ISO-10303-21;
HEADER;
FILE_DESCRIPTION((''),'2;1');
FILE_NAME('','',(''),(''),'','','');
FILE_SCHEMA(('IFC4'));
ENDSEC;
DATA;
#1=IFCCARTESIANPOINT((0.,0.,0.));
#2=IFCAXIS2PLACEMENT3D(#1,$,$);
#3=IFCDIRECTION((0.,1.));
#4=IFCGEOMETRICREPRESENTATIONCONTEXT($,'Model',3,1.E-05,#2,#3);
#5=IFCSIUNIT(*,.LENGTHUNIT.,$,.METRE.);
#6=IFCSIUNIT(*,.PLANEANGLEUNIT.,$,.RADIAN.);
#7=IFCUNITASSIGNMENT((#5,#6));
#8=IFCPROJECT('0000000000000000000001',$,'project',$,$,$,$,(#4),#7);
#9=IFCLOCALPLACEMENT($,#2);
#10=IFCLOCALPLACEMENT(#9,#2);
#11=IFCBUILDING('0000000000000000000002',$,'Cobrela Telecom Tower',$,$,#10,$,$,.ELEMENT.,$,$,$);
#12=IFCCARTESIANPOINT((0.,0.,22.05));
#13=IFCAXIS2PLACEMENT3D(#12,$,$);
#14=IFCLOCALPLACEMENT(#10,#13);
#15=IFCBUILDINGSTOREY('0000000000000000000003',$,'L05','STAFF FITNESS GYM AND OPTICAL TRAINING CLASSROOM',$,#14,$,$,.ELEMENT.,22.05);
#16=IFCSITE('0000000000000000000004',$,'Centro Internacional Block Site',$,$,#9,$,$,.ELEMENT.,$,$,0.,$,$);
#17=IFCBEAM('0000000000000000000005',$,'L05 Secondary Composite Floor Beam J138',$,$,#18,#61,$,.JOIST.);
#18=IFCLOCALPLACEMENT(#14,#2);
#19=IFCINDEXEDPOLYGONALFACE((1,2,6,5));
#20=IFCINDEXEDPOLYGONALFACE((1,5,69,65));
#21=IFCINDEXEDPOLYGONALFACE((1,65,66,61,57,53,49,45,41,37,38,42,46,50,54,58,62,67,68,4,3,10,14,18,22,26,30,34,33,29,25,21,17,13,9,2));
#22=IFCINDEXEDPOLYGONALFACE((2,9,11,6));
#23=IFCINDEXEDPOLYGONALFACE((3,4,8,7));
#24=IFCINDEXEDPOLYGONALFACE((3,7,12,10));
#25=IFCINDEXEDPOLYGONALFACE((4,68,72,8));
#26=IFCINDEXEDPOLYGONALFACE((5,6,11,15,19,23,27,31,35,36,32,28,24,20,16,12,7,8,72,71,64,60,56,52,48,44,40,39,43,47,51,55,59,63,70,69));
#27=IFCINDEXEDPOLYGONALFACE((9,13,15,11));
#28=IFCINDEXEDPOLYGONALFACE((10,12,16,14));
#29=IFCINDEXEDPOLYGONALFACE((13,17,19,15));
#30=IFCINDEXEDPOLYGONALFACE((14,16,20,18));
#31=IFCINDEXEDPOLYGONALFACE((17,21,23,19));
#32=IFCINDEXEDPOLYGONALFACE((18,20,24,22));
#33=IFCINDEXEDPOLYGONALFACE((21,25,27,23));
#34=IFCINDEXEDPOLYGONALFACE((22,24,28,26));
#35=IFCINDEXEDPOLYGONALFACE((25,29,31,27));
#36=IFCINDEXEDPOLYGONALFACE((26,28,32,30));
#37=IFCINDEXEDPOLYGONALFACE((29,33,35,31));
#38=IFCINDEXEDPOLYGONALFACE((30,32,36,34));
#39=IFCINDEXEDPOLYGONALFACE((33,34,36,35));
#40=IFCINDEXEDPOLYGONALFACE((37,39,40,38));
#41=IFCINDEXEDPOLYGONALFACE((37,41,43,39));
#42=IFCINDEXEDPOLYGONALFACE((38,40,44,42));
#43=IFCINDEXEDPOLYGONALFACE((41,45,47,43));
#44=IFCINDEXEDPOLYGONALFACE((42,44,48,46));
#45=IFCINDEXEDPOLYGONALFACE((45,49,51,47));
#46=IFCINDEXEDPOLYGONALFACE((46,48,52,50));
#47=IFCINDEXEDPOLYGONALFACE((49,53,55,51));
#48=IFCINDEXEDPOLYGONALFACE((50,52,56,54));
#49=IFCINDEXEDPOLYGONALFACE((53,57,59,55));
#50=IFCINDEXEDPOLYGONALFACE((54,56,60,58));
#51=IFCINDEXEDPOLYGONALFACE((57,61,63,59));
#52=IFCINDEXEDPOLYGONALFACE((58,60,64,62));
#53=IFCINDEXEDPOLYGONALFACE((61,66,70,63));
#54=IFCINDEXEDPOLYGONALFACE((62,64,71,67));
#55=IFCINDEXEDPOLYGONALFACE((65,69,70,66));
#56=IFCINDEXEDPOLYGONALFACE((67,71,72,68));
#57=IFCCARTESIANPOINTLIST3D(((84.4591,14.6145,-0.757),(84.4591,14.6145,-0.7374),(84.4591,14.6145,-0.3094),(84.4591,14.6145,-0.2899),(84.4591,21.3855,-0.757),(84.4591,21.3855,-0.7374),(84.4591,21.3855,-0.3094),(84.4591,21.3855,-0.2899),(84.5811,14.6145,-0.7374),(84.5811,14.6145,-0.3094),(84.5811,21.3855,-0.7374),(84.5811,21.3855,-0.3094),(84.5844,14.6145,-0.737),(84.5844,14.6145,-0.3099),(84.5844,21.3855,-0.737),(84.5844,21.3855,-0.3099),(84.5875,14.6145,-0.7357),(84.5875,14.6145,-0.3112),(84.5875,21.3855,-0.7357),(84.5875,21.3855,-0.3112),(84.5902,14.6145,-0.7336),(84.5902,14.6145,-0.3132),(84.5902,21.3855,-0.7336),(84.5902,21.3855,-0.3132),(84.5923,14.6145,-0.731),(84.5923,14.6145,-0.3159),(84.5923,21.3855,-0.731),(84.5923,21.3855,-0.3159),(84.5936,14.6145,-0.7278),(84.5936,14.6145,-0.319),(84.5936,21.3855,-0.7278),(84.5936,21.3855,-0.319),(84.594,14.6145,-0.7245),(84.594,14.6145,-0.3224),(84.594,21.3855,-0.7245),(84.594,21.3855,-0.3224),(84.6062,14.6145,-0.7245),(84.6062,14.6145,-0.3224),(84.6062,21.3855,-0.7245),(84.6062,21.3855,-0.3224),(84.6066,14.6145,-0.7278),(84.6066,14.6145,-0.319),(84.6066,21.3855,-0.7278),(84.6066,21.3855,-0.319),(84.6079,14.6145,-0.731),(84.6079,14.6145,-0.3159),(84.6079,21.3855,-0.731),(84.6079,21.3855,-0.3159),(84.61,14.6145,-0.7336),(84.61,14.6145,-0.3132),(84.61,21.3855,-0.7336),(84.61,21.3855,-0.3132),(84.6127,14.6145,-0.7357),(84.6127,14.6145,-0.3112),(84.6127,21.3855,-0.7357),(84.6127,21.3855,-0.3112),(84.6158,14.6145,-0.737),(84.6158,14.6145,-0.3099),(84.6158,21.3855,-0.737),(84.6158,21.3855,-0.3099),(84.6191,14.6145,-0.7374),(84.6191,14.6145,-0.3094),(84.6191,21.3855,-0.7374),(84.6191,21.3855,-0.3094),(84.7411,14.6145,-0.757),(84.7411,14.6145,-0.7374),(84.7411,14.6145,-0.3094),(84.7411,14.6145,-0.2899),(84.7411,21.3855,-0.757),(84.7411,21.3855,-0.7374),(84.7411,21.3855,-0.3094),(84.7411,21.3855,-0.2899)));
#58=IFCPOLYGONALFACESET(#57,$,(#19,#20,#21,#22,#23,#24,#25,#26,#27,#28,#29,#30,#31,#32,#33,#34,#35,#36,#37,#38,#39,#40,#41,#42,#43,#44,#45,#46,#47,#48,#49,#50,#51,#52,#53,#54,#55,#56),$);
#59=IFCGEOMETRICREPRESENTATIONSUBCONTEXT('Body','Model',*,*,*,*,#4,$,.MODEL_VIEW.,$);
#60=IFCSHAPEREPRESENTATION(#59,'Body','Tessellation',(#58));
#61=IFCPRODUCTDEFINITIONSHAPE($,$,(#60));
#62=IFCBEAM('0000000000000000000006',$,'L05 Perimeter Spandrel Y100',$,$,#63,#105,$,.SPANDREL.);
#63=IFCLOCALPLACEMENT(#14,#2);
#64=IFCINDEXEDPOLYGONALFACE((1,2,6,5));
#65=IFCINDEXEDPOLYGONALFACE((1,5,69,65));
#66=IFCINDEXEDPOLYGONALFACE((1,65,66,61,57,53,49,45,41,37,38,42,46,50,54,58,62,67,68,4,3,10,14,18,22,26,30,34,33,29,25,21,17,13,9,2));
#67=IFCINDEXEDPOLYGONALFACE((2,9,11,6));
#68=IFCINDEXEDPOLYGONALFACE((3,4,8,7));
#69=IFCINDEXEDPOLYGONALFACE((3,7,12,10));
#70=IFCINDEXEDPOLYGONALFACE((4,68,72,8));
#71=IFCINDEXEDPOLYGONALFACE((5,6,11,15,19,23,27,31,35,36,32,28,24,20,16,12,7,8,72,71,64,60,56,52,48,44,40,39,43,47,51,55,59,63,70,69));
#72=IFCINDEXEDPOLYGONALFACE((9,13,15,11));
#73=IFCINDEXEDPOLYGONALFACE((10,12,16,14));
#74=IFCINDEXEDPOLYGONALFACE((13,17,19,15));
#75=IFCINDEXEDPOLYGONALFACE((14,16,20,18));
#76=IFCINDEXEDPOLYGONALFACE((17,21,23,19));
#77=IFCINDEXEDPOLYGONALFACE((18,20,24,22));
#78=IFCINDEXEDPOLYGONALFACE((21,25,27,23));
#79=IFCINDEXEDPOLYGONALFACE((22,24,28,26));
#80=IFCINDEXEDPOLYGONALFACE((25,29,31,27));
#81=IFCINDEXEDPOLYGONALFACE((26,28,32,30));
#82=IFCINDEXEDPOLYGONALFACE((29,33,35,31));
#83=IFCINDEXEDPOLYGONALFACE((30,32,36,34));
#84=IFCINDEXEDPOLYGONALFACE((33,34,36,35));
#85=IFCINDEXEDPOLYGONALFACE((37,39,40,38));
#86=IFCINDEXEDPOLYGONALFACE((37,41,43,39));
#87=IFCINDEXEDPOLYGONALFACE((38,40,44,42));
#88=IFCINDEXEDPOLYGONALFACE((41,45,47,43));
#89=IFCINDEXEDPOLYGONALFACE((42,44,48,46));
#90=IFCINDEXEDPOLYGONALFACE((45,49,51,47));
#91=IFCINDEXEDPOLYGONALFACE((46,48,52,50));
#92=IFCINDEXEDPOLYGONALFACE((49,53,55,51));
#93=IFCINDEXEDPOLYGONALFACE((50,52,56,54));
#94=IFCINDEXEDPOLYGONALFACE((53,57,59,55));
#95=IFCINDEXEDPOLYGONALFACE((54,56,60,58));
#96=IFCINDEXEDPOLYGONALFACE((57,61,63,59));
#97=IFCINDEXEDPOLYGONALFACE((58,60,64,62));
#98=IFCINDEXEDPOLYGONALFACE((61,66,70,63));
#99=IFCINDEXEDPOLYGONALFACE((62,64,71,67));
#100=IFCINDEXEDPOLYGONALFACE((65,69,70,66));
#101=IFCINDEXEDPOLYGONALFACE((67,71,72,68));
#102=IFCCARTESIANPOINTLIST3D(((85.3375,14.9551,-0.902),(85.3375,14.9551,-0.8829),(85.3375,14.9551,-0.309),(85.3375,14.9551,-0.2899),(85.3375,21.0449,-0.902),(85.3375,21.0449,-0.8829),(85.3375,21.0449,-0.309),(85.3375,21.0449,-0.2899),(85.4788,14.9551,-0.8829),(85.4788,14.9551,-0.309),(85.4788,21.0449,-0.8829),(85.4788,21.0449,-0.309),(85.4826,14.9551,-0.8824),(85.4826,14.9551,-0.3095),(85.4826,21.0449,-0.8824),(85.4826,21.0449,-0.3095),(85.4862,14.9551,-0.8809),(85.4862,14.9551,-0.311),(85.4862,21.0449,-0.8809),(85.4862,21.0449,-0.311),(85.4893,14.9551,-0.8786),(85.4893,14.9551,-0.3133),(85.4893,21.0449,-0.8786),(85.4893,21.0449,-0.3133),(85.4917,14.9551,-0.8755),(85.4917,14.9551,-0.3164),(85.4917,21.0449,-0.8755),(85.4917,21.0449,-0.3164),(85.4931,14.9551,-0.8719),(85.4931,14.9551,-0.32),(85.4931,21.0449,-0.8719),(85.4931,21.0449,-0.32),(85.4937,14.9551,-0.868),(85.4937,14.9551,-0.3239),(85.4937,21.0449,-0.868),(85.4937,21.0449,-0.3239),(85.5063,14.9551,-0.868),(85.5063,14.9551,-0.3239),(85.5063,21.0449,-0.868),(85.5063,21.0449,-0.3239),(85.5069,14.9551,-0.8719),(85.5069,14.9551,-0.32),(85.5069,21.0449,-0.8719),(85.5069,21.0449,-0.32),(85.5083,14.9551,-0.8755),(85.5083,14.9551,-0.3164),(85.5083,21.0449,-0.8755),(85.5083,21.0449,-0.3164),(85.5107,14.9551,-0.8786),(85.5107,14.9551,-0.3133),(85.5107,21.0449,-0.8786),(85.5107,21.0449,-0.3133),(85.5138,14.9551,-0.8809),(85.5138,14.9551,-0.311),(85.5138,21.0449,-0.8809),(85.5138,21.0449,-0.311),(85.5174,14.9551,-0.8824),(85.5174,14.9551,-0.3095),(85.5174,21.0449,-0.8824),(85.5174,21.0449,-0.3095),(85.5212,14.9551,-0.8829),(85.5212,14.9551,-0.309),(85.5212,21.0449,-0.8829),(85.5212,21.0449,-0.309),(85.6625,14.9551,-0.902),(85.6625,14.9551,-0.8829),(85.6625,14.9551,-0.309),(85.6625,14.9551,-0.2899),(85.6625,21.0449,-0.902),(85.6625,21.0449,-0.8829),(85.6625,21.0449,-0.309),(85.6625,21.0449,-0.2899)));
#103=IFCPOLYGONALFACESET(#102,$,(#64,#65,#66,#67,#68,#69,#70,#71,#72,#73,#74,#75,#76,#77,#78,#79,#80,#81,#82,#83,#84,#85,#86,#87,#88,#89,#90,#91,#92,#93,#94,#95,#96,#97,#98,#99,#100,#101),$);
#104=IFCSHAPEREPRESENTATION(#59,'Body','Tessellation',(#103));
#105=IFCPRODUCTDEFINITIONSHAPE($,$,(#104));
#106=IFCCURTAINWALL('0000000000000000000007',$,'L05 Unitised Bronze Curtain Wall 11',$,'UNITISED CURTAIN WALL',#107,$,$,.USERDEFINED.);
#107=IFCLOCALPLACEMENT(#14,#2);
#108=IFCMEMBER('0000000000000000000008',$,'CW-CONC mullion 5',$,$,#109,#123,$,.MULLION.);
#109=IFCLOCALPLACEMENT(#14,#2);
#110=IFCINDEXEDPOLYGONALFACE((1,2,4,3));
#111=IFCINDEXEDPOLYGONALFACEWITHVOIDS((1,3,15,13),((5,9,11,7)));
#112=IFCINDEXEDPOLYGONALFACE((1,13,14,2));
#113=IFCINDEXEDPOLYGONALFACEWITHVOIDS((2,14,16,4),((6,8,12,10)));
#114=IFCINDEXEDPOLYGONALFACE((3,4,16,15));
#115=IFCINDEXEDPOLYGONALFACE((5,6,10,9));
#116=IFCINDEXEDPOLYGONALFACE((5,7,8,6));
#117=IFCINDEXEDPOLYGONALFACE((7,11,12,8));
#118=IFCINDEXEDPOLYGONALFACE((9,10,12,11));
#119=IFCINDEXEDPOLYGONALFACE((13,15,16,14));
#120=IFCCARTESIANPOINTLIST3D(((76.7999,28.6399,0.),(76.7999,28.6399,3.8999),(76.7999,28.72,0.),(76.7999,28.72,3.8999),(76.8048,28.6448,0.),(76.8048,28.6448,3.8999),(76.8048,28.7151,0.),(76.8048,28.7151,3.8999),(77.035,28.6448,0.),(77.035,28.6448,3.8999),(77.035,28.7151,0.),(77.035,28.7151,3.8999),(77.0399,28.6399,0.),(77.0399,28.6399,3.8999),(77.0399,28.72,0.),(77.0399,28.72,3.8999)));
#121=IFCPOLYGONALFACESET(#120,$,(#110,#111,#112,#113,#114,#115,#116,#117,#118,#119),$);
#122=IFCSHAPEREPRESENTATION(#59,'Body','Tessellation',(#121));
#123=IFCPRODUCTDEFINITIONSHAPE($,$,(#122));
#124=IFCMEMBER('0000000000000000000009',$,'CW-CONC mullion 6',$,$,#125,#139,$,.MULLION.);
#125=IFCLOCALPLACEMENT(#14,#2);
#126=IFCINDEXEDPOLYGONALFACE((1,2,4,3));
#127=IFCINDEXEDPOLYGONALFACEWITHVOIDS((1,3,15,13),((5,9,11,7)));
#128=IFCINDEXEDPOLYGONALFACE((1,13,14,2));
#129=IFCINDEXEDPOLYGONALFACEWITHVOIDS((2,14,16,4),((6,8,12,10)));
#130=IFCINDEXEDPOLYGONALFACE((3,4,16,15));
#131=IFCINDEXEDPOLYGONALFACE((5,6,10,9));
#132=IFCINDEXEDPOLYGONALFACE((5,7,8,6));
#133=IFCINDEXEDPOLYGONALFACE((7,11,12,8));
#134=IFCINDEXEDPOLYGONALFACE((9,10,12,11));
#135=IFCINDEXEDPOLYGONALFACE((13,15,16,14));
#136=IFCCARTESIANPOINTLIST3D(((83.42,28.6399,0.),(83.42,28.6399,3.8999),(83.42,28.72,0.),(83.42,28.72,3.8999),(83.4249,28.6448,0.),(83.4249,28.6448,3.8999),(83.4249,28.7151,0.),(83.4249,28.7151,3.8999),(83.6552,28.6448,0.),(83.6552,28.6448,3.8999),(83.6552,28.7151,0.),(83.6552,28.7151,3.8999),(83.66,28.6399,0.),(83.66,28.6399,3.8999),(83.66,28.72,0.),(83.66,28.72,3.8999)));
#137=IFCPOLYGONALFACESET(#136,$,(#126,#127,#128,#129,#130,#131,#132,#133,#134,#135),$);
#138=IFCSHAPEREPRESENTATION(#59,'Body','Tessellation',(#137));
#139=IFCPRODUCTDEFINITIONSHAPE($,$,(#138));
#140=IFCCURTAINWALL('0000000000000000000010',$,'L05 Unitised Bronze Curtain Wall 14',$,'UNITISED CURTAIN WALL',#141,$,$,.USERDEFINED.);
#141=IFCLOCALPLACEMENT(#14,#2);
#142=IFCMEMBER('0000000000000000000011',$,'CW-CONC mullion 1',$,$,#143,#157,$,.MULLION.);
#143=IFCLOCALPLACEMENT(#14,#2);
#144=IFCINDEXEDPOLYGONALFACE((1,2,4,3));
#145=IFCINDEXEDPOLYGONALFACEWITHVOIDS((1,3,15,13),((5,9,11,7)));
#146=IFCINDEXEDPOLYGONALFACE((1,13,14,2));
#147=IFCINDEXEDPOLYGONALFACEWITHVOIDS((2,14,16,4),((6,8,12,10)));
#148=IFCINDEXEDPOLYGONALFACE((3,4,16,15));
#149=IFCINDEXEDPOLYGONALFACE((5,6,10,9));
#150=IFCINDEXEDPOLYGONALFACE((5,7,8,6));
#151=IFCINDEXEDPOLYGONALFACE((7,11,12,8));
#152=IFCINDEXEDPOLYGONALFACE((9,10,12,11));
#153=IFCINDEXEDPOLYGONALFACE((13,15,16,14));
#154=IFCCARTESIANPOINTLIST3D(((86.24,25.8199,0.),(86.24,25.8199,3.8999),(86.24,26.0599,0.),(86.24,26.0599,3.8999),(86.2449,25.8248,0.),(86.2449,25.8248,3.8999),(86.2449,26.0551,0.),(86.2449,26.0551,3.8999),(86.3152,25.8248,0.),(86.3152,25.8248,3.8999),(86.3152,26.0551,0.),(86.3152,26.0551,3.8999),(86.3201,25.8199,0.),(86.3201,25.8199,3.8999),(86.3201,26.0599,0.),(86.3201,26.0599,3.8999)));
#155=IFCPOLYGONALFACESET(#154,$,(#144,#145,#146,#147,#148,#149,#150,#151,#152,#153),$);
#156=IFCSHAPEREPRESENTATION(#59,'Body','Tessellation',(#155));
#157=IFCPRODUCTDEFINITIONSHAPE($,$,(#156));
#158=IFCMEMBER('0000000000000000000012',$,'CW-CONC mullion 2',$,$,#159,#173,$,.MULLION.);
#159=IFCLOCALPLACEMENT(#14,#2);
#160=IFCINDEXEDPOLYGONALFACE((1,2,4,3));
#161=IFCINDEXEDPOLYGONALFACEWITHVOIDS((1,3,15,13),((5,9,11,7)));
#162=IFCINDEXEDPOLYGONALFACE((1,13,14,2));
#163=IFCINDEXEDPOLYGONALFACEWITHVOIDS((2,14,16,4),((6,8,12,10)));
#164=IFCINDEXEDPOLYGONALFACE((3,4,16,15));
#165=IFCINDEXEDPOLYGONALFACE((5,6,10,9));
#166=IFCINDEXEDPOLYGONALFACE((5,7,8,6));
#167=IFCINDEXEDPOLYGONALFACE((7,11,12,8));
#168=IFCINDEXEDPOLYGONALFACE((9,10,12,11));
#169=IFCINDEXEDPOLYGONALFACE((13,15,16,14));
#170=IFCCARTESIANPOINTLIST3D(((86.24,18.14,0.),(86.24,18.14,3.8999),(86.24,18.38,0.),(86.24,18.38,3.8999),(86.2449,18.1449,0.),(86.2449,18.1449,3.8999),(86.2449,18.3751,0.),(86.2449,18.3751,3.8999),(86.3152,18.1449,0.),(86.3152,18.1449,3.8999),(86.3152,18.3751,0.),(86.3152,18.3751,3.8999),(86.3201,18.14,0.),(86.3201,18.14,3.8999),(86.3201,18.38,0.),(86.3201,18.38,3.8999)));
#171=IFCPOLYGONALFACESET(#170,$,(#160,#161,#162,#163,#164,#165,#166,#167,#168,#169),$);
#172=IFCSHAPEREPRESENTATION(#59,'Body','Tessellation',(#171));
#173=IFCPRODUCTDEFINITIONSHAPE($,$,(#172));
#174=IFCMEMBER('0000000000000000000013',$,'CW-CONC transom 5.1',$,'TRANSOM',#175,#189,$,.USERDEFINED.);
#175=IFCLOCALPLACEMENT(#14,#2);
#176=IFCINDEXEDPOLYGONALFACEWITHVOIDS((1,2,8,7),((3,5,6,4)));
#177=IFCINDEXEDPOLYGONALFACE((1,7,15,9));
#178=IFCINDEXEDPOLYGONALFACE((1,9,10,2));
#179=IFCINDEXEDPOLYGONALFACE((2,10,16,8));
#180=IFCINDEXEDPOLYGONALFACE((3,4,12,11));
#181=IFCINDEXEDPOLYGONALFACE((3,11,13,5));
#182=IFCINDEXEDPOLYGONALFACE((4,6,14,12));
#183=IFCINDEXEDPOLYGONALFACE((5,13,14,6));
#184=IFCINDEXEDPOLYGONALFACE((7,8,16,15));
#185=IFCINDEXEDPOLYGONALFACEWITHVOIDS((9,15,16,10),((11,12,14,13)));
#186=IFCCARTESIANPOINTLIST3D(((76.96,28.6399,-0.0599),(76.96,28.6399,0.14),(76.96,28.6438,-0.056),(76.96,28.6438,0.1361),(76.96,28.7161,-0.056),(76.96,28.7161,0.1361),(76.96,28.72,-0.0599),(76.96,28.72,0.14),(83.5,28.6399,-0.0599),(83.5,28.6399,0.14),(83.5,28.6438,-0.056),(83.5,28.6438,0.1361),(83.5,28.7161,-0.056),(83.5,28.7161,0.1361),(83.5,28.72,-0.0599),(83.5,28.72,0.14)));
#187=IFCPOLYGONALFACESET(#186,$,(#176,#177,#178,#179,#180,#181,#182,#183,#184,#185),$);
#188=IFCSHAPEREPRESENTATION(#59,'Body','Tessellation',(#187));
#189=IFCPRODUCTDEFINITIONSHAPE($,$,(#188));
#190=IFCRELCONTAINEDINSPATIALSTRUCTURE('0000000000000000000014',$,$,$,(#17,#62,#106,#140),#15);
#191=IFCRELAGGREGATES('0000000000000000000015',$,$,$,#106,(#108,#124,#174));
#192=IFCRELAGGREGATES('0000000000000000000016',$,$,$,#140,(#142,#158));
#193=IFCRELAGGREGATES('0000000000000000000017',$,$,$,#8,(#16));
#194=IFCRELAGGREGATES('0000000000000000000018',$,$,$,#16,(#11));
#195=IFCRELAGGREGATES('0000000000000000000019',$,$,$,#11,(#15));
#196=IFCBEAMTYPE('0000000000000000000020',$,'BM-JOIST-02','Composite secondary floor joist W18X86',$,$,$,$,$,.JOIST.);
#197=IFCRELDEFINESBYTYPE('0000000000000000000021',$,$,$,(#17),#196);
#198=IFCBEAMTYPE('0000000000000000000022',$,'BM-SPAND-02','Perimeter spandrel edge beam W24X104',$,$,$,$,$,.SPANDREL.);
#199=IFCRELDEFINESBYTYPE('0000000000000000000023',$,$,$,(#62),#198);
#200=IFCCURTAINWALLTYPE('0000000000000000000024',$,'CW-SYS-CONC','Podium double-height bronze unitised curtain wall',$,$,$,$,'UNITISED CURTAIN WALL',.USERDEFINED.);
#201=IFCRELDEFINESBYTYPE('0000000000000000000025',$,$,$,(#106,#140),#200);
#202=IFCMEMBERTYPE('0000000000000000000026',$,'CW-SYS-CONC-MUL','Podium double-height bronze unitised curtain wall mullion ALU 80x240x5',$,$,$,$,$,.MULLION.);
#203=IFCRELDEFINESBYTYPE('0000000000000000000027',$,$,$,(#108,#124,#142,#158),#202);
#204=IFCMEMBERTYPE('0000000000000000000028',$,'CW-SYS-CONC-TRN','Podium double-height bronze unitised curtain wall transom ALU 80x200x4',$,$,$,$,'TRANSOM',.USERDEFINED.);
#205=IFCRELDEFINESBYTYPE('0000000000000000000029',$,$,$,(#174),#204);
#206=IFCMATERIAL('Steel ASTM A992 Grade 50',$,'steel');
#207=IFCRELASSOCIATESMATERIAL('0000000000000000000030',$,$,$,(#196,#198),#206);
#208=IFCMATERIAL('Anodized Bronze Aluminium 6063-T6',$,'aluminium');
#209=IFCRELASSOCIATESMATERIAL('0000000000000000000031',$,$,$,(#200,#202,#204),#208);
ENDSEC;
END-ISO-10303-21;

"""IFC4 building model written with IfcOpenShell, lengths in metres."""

from ifc_helpers import new_model, si_unit, direction, frame, origin, origin_2d, place, context, subcontext, project, spatial, hollow_rectangle, i_section, extrude, material, material_profile, profile_set, type_object, element, aggregate, save


model = new_model("IFC4")

# Units and contexts
model_context = context("Model", 3, precision=1e-05, world=origin(), true_north=direction((0.0, 1.0)))
body_context = subcontext(model_context, "Body", "Model", "MODEL_VIEW")
ifc_project = project(units=[si_unit("LENGTHUNIT", "METRE"), si_unit("PLANEANGLEUNIT", "RADIAN")], contexts=[model_context])

# Site, building, storey
site_placement = place(None, origin())
site = spatial("IfcSite", under=ifc_project, at=site_placement, Name="Centro Internacional Block Site", CompositionType="ELEMENT", RefElevation=0.0)
building_placement = place(site_placement, origin())
building = spatial("IfcBuilding", under=site, at=building_placement, Name="Cobrela Telecom Tower", CompositionType="ELEMENT")
storey_placement = place(building_placement, frame((0.0, 0.0, 22.05)))
storey = spatial("IfcBuildingStorey", under=building, at=storey_placement, Name="L05", Description="STAFF FITNESS GYM AND OPTICAL TRAINING CLASSROOM", CompositionType="ELEMENT", Elevation=22.05)

# Beams
ifc_material_1 = material(Name="Steel ASTM A992 Grade 50", Category="steel")
ifc_material_profile_1 = material_profile(ifc_material_1, i_section(OverallWidth=0.282, OverallDepth=0.467, WebThickness=0.0122, FlangeThickness=0.0195, FilletRadius=0.0129, at=origin_2d()), Name="W18X86")
ifc_profile_set_1 = profile_set([ifc_material_profile_1], Name="Steel ASTM A992 Grade 50")
beam_type_1 = type_object("IfcBeamType", Name="BM-JOIST-02", Description="Composite secondary floor joist W18X86", PredefinedType="JOIST", material=ifc_profile_set_1)
for number, where, z_axis, x_axis, name in (
    (1, (84.6001, 14.6145, -0.5234), (0.0, 1.0, 0.0), (-1.0, 0.0, 0.0), "L05 Secondary Composite Floor Beam J138"),
):
    element("IfcBeam", number, at=place(storey_placement, frame(where, z_axis=z_axis, x_axis=x_axis)), inside=storey, type_object=beam_type_1, Name=name, PredefinedType="JOIST", context=body_context, shape_type="SweptSolid", body=[
        extrude(i_section(OverallWidth=0.282, OverallDepth=0.467, WebThickness=0.0122, FlangeThickness=0.0195, FilletRadius=0.0129, at=origin_2d()), origin(), (0.0, 0.0, 1.0), 6.771),
    ])
ifc_material_profile_2 = material_profile(ifc_material_1, i_section(OverallWidth=0.325, OverallDepth=0.6121, WebThickness=0.0127, FlangeThickness=0.019, FilletRadius=0.0149, at=origin_2d()), Name="W24X104")
ifc_profile_set_2 = profile_set([ifc_material_profile_2], Name="Steel ASTM A992 Grade 50")
beam_type_2 = type_object("IfcBeamType", Name="BM-SPAND-02", Description="Perimeter spandrel edge beam W24X104", PredefinedType="SPANDREL", material=ifc_profile_set_2)
beam_1_placement = place(storey_placement, frame((85.5, 14.9551, -0.5959), z_axis=(0.0, 1.0, 0.0), x_axis=(-1.0, 0.0, 0.0)))
element("IfcBeam", 2, at=beam_1_placement, inside=storey, type_object=beam_type_2, Name="L05 Perimeter Spandrel Y100", PredefinedType="SPANDREL", context=body_context, shape_type="SweptSolid", body=[
    extrude(i_section(OverallWidth=0.325, OverallDepth=0.6121, WebThickness=0.0127, FlangeThickness=0.019, FilletRadius=0.0149, at=origin_2d()), origin(), (0.0, 0.0, 1.0), 6.0898),
])

# Curtain walls, members
ifc_material_2 = material(Name="Anodized Bronze Aluminium 6063-T6", Category="aluminium")
curtain_wall_type = type_object("IfcCurtainWallType", Name="CW-SYS-CONC", Description="Podium double-height bronze unitised curtain wall", ElementType="UNITISED CURTAIN WALL", PredefinedType="USERDEFINED", material=ifc_material_2)
curtain_wall_1_placement = place(storey_placement, origin())
curtain_wall_1 = element("IfcCurtainWall", 3, at=curtain_wall_1_placement, inside=storey, type_object=curtain_wall_type, Name="L05 Unitised Bronze Curtain Wall 11", ObjectType="UNITISED CURTAIN WALL", PredefinedType="USERDEFINED")
ifc_material_profile_3 = material_profile(ifc_material_2, hollow_rectangle(XDim=0.0801, YDim=0.24, WallThickness=0.0049, at=origin_2d()), Name="ALU 80x240x5")
ifc_profile_set_3 = profile_set([ifc_material_profile_3], Name="Anodized Bronze Aluminium 6063-T6")
member_type_1 = type_object("IfcMemberType", Name="CW-SYS-CONC-MUL", Description="Podium double-height bronze unitised curtain wall mullion ALU 80x240x5", PredefinedType="MULLION", material=ifc_profile_set_3)
member_1_placement = place(storey_placement, frame((76.9199, 28.6799, 0.0), z_axis=(0.0, 0.0, 1.0), x_axis=(0.0, 1.0, 0.0)))
member_1 = element("IfcMember", 4, at=member_1_placement, type_object=member_type_1, Name="CW-CONC mullion 5", PredefinedType="MULLION", context=body_context, shape_type="SweptSolid", body=[
    extrude(hollow_rectangle(XDim=0.0801, YDim=0.24, WallThickness=0.0049, at=origin_2d()), origin(), (0.0, 0.0, 1.0), 3.8999),
])
member_2_placement = place(storey_placement, frame((83.54, 28.6799, 0.0), z_axis=(0.0, 0.0, 1.0), x_axis=(0.0, 1.0, 0.0)))
member_2 = element("IfcMember", 5, at=member_2_placement, type_object=member_type_1, Name="CW-CONC mullion 6", PredefinedType="MULLION", context=body_context, shape_type="SweptSolid", body=[
    extrude(hollow_rectangle(XDim=0.0801, YDim=0.24, WallThickness=0.0049, at=origin_2d()), origin(), (0.0, 0.0, 1.0), 3.8999),
])
curtain_wall_2_placement = place(storey_placement, origin())
curtain_wall_2 = element("IfcCurtainWall", 6, at=curtain_wall_2_placement, inside=storey, type_object=curtain_wall_type, Name="L05 Unitised Bronze Curtain Wall 14", ObjectType="UNITISED CURTAIN WALL", PredefinedType="USERDEFINED")
member_3_placement = place(storey_placement, frame((86.28, 25.9399, 0.0), z_axis=(0.0, 0.0, 1.0), x_axis=(1.0, 0.0, 0.0)))
member_3 = element("IfcMember", 7, at=member_3_placement, type_object=member_type_1, Name="CW-CONC mullion 1", PredefinedType="MULLION", context=body_context, shape_type="SweptSolid", body=[
    extrude(hollow_rectangle(XDim=0.0801, YDim=0.24, WallThickness=0.0049, at=origin_2d()), origin(), (0.0, 0.0, 1.0), 3.8999),
])
member_4_placement = place(storey_placement, frame((86.28, 18.26, 0.0), z_axis=(0.0, 0.0, 1.0), x_axis=(1.0, 0.0, 0.0)))
member_4 = element("IfcMember", 8, at=member_4_placement, type_object=member_type_1, Name="CW-CONC mullion 2", PredefinedType="MULLION", context=body_context, shape_type="SweptSolid", body=[
    extrude(hollow_rectangle(XDim=0.0801, YDim=0.24, WallThickness=0.0049, at=origin_2d()), origin(), (0.0, 0.0, 1.0), 3.8999),
])

# Member
ifc_material_profile_4 = material_profile(ifc_material_2, hollow_rectangle(XDim=0.0801, YDim=0.2, WallThickness=0.0039, at=origin_2d()), Name="ALU 80x200x4")
ifc_profile_set_4 = profile_set([ifc_material_profile_4], Name="Anodized Bronze Aluminium 6063-T6")
member_type_2 = type_object("IfcMemberType", Name="CW-SYS-CONC-TRN", Description="Podium double-height bronze unitised curtain wall transom ALU 80x200x4", ElementType="TRANSOM", PredefinedType="USERDEFINED", material=ifc_profile_set_4)
member_5_placement = place(storey_placement, frame((76.96, 28.6799, 0.04), z_axis=(1.0, 0.0, 0.0), x_axis=(0.0, 1.0, 0.0)))
member_5 = element("IfcMember", 9, at=member_5_placement, type_object=member_type_2, Name="CW-CONC transom 5.1", ObjectType="TRANSOM", PredefinedType="USERDEFINED", context=body_context, shape_type="SweptSolid", body=[
    extrude(hollow_rectangle(XDim=0.0801, YDim=0.2, WallThickness=0.0039, at=origin_2d()), origin(), (0.0, 0.0, 1.0), 6.54),
])

aggregate(curtain_wall_1, [member_1, member_2, member_5])
aggregate(curtain_wall_2, [member_3, member_4])

save(model, "model.ifc")
